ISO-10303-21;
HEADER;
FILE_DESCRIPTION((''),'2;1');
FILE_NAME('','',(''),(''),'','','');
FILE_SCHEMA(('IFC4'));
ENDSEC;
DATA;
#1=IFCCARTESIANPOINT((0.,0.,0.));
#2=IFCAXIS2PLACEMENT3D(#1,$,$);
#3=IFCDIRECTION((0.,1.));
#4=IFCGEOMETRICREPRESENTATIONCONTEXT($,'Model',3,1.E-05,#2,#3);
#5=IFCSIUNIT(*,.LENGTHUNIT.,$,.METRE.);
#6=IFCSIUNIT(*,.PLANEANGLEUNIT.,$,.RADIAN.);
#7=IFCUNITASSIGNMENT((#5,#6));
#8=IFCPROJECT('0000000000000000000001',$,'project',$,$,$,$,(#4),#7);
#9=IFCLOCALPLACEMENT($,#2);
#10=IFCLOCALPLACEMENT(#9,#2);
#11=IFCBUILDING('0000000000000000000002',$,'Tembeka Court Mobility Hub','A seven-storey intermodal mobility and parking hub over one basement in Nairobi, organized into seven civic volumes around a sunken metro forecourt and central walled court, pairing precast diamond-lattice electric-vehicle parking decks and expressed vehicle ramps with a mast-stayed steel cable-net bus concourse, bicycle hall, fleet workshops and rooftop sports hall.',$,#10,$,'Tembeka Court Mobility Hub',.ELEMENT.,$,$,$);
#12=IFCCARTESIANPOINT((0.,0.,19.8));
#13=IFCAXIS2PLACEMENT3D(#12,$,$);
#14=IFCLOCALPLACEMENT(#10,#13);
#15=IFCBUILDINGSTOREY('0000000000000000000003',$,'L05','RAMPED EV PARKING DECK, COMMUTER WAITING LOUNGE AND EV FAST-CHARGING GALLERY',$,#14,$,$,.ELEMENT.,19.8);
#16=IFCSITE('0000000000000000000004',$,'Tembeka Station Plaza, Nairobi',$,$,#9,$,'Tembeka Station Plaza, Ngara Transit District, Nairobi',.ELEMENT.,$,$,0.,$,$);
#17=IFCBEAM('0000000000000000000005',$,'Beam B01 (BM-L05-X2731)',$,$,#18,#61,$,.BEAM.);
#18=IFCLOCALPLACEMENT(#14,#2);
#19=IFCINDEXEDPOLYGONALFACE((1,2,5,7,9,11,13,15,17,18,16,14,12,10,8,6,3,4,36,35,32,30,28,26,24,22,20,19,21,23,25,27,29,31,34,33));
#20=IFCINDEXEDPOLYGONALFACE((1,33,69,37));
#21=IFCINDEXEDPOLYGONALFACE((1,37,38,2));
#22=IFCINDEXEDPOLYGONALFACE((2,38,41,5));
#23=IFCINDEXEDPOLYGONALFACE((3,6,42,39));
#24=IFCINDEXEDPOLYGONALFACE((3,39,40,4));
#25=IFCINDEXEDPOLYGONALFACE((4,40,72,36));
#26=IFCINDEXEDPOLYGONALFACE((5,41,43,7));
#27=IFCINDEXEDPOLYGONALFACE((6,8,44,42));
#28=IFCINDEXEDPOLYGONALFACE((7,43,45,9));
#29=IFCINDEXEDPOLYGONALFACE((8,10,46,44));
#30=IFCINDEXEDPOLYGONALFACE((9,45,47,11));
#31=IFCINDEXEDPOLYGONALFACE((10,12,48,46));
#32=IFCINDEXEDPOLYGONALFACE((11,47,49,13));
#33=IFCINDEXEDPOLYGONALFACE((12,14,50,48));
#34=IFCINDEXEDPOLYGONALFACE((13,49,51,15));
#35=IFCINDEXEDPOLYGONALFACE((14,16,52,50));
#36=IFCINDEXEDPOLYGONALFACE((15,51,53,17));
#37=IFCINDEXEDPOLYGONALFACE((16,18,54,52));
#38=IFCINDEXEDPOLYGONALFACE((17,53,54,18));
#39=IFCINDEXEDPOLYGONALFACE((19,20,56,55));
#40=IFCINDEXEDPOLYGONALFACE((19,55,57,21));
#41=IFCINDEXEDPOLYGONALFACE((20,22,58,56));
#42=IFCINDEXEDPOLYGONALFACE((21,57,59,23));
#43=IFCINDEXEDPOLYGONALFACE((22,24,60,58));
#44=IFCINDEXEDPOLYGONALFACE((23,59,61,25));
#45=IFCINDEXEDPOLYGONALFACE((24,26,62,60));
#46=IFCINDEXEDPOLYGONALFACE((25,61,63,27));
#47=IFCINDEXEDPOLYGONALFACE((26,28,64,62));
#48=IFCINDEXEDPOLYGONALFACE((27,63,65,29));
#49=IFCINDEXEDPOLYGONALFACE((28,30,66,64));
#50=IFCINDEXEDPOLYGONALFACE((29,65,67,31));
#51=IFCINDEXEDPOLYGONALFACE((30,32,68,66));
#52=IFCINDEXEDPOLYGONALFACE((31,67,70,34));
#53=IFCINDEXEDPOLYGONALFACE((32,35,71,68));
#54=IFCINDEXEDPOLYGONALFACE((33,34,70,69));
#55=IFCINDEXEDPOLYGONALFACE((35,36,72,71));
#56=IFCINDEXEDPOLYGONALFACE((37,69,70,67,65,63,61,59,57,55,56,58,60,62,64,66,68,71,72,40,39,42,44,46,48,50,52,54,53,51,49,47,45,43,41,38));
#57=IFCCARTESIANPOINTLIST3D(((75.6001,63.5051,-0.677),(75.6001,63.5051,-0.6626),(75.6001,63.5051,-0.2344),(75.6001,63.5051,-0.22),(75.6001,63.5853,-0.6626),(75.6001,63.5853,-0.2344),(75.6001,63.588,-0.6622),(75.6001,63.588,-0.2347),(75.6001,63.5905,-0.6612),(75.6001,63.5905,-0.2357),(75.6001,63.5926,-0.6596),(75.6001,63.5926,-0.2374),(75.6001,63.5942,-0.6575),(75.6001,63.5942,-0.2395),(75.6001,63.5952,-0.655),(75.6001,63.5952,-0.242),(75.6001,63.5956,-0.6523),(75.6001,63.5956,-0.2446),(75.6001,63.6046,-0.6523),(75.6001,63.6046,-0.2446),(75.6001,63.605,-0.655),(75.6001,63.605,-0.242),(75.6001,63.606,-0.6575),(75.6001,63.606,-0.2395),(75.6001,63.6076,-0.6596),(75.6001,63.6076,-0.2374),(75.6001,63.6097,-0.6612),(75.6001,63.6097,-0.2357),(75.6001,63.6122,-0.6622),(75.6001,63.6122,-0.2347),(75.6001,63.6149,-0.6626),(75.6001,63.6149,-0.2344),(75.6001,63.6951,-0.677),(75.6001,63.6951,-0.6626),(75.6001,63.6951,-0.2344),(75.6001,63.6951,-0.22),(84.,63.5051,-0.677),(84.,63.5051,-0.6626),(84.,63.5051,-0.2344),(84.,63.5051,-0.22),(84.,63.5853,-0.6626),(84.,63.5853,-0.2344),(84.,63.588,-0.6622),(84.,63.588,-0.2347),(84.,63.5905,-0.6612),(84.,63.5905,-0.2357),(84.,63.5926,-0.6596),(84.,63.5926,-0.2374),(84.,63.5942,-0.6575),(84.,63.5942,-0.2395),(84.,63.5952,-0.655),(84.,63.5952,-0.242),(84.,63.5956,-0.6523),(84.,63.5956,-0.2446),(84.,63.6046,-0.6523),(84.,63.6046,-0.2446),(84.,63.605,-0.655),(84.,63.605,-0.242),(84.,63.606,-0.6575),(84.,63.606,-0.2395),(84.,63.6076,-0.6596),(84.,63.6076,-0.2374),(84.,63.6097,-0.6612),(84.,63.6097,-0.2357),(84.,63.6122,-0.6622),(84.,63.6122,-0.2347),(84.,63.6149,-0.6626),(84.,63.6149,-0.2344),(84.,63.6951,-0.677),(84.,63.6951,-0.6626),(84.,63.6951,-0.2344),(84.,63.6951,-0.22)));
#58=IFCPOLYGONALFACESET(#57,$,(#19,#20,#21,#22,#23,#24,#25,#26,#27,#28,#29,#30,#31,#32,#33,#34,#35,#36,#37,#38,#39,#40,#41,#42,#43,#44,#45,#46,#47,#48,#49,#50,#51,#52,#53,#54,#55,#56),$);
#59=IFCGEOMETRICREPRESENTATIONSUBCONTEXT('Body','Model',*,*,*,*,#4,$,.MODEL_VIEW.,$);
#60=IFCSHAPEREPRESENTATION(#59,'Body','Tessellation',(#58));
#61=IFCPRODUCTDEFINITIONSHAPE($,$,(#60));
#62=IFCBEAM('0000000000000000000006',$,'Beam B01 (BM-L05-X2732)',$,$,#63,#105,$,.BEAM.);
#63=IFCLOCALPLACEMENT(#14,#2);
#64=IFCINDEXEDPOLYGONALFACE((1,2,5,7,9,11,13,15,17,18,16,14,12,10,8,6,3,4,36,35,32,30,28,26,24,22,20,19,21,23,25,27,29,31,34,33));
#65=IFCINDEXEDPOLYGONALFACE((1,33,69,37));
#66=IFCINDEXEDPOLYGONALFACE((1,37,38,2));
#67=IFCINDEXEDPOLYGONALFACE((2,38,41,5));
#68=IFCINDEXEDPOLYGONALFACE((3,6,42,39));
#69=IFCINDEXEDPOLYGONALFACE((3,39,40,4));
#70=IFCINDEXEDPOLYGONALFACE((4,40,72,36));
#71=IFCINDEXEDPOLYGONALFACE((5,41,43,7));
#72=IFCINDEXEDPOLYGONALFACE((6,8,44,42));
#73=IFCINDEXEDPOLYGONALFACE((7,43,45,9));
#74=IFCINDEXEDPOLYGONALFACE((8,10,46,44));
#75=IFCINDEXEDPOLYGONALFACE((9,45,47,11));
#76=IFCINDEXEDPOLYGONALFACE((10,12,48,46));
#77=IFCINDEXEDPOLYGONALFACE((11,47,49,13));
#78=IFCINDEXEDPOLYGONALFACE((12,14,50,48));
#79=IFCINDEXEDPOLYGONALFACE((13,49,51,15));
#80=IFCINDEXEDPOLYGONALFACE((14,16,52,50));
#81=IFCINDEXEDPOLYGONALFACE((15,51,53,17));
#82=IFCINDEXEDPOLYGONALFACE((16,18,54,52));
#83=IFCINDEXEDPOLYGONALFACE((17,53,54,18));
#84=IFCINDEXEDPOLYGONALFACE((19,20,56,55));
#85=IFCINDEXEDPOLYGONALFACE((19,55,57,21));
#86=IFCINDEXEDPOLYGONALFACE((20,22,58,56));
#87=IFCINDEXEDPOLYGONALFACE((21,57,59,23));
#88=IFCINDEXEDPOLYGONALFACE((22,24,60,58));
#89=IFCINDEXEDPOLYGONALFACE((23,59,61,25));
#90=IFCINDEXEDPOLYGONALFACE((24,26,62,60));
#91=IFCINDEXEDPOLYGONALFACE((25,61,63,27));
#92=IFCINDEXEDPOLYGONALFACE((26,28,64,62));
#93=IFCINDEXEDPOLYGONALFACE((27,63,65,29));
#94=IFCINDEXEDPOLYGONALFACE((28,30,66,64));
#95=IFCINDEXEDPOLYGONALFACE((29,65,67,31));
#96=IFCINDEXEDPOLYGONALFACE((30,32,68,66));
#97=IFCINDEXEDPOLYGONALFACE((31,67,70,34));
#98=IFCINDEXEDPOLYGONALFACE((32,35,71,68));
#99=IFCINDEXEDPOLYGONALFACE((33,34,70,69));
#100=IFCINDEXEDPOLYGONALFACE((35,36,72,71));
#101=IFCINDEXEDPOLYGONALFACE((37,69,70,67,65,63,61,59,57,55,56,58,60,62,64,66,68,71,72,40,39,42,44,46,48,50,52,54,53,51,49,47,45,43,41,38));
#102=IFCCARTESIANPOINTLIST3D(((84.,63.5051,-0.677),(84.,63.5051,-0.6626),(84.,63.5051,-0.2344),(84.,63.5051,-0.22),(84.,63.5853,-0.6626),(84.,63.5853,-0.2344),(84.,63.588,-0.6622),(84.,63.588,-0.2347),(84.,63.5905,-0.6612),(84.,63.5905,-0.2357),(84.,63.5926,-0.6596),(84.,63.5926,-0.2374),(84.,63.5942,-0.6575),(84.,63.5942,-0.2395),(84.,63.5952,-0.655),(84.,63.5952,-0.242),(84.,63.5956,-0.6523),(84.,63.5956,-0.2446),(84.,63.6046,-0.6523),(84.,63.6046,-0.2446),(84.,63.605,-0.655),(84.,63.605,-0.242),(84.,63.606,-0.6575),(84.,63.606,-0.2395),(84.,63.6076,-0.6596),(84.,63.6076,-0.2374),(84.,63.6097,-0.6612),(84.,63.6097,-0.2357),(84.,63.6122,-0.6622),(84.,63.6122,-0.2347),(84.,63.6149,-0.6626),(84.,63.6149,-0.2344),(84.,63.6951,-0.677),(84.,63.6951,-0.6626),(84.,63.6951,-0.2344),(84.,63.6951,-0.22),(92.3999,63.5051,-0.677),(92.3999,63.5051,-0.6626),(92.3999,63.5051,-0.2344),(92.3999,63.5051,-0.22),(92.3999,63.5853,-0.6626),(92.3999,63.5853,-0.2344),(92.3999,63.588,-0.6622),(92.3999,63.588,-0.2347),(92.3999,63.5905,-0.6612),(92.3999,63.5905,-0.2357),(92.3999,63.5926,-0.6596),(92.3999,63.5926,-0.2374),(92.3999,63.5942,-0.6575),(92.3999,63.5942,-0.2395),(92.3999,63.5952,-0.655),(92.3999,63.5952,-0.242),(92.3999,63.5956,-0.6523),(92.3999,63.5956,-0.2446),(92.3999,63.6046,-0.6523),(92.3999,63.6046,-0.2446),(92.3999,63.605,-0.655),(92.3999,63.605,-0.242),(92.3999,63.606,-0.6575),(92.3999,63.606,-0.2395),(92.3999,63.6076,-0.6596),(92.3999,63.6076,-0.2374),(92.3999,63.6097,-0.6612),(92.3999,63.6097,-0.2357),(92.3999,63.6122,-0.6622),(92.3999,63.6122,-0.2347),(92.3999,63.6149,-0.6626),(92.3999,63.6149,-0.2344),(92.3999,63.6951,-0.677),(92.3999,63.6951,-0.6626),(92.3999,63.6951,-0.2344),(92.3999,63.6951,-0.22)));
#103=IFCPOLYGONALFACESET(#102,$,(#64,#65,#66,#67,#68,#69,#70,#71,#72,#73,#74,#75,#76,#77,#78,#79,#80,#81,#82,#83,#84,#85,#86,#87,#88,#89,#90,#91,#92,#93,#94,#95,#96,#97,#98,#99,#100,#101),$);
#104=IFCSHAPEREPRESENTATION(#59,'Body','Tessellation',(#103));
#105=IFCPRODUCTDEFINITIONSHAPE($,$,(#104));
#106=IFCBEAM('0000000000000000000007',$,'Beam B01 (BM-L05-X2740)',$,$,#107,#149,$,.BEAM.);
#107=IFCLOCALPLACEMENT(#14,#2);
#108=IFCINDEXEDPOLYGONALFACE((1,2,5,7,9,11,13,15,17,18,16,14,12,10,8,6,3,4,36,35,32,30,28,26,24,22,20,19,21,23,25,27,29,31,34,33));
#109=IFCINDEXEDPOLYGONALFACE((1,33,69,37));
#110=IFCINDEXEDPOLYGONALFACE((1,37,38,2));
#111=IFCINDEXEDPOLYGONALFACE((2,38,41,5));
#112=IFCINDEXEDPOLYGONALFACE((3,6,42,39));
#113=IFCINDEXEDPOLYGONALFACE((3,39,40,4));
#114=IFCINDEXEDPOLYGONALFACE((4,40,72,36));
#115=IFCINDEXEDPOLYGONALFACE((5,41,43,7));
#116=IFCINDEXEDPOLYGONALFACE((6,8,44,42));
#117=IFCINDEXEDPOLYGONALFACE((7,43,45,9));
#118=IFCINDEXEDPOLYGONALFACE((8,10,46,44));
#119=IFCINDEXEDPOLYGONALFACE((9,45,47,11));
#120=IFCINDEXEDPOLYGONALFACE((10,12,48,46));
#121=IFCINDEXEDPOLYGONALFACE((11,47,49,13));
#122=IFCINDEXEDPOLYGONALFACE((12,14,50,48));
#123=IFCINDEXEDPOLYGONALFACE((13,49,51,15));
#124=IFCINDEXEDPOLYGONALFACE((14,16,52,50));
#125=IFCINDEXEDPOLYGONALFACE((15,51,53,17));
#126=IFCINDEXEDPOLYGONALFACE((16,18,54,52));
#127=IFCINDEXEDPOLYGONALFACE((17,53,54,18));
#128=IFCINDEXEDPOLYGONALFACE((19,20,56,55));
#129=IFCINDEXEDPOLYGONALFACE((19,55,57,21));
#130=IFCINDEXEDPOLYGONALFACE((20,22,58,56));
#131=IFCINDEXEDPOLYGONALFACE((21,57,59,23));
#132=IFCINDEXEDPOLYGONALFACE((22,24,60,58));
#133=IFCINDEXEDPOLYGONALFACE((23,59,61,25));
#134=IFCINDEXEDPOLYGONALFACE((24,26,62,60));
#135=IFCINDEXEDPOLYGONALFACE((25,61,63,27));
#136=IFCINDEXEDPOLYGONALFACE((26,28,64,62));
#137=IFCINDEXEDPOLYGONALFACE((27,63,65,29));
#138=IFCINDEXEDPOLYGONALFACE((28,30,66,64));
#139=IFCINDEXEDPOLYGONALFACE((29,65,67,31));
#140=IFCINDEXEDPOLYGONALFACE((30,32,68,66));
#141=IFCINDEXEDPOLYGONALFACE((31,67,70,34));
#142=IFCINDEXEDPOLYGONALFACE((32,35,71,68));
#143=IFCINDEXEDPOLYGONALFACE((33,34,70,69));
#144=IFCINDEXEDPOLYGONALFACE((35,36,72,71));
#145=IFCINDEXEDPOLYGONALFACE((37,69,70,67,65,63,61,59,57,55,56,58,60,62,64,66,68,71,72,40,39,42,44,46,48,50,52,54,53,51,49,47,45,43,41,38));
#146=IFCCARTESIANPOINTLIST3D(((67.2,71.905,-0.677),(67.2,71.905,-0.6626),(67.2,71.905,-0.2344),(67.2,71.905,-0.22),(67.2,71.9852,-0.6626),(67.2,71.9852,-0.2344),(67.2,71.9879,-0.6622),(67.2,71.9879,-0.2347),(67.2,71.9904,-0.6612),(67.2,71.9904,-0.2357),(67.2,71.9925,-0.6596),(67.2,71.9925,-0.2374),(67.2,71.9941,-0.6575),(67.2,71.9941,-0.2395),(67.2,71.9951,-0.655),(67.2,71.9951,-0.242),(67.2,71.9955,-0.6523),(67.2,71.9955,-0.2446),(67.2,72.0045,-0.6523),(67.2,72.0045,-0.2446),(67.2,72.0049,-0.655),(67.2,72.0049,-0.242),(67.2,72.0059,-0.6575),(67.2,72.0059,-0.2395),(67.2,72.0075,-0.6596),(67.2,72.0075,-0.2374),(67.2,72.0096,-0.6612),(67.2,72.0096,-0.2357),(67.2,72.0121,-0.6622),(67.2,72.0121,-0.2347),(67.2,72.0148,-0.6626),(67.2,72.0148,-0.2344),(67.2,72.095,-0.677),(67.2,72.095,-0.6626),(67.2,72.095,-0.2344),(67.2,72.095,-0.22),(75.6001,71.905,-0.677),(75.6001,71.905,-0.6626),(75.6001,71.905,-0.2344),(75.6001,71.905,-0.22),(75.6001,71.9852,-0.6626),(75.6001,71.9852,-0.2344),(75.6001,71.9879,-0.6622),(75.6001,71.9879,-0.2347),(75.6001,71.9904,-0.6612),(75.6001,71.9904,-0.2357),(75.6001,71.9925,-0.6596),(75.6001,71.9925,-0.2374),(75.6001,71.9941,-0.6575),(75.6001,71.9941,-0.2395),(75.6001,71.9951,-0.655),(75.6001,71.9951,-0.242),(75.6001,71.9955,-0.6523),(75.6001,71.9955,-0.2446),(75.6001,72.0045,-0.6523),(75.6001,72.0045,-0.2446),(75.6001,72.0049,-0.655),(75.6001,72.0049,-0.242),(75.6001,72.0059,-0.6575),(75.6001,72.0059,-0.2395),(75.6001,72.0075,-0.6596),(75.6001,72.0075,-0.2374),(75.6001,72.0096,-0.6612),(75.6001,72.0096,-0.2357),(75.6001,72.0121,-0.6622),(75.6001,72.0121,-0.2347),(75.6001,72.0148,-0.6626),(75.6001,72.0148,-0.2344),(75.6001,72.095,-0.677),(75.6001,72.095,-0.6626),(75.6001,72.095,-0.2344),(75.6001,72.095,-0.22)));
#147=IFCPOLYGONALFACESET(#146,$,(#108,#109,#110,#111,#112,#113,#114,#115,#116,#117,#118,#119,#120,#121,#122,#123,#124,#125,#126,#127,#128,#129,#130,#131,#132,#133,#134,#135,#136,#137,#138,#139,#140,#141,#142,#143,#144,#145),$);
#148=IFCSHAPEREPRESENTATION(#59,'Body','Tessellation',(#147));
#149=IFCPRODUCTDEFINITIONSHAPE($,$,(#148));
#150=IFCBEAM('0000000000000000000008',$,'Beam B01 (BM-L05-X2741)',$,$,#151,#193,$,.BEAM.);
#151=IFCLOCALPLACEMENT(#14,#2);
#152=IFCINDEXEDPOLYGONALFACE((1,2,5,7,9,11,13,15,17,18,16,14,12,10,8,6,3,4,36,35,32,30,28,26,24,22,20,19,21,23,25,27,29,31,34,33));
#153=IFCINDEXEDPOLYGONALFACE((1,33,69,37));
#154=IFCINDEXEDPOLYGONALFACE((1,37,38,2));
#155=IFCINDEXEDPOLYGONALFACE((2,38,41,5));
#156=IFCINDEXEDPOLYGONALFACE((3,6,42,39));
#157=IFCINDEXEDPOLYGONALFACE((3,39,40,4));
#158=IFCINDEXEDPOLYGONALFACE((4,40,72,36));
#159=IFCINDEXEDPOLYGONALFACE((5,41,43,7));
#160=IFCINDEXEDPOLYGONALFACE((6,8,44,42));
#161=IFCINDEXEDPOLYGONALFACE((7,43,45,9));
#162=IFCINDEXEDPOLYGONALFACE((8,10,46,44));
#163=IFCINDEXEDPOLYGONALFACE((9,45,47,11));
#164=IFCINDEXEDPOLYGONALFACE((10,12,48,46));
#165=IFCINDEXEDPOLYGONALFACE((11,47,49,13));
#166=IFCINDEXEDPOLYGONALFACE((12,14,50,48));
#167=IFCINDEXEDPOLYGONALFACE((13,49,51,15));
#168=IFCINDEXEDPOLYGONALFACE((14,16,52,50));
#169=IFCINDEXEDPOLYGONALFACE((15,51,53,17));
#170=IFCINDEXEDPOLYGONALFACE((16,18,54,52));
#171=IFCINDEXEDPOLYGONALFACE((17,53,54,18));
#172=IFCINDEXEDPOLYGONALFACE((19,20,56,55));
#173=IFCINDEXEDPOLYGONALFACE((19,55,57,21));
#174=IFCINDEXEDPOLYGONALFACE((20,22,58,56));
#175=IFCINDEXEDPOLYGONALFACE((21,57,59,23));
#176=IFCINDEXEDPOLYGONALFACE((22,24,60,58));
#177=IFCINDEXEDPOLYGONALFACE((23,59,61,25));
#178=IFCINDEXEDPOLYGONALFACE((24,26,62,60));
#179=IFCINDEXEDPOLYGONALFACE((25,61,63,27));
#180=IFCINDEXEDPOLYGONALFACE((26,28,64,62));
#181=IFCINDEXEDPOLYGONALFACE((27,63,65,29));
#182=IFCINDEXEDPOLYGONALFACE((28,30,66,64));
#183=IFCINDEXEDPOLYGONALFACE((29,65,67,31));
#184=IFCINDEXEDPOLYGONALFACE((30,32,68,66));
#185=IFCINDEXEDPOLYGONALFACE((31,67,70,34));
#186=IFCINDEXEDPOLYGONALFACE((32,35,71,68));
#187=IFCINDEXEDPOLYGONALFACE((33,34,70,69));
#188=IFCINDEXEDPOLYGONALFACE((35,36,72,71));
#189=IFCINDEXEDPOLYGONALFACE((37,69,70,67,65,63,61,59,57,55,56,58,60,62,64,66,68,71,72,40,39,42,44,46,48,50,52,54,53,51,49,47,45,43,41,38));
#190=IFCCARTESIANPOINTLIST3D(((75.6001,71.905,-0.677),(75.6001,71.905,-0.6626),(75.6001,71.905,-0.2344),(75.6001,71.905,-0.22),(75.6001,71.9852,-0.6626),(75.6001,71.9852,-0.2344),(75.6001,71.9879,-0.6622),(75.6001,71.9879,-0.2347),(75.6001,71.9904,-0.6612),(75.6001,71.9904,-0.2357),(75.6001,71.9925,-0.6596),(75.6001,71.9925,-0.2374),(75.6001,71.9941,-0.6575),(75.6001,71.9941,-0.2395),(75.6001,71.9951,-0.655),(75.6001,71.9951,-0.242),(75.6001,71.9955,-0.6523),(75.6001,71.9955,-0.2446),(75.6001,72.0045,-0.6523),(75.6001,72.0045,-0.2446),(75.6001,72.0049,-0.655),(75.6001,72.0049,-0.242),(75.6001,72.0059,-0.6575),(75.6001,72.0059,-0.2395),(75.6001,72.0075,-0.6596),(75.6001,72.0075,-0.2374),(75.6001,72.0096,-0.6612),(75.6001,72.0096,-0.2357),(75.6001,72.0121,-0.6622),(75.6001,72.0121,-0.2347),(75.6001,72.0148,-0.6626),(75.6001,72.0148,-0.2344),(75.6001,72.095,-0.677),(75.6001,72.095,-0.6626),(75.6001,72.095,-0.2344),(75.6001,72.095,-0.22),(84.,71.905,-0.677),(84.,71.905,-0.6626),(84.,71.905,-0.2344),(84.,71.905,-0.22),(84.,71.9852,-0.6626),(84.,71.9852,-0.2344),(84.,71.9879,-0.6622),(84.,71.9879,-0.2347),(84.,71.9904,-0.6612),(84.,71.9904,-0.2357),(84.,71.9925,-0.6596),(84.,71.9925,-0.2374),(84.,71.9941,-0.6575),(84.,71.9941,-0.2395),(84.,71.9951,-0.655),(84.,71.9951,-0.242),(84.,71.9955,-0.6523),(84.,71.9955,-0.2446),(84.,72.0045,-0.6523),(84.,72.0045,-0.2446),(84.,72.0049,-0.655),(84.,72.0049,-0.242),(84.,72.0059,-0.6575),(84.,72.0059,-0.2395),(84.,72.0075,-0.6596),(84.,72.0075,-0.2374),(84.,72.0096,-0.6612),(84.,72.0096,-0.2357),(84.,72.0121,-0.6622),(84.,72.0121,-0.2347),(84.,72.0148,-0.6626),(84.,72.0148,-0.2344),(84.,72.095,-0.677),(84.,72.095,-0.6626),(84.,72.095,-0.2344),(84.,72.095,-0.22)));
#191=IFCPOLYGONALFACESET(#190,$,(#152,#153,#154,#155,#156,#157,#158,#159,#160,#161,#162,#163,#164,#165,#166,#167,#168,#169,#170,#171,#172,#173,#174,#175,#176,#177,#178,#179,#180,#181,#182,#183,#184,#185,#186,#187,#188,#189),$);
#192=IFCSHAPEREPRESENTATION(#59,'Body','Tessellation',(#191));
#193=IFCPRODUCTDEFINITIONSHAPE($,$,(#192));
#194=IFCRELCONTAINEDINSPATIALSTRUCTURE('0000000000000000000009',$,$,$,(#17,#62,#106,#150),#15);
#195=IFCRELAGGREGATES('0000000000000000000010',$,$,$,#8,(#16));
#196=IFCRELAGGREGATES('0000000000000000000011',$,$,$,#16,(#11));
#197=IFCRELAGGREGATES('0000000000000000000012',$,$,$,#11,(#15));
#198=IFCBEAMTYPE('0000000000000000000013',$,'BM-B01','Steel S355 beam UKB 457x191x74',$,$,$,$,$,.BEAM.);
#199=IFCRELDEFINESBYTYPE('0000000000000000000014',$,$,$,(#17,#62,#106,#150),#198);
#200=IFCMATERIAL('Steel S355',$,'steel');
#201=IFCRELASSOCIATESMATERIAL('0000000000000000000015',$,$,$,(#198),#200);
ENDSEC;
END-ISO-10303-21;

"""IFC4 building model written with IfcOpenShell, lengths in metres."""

from ifc_helpers import new_model, si_unit, direction, frame, origin, origin_2d, place, context, subcontext, project, spatial, i_section, extrude, material, material_profile, profile_set, type_object, element, save


model = new_model("IFC4")

# Units and contexts
model_context = context("Model", 3, precision=1e-05, world=origin(), true_north=direction((0.0, 1.0)))
body_context = subcontext(model_context, "Body", "Model", "MODEL_VIEW")
ifc_project = project(units=[si_unit("LENGTHUNIT", "METRE"), si_unit("PLANEANGLEUNIT", "RADIAN")], contexts=[model_context])

# Site, building, storey
site_placement = place(None, origin())
site = spatial("IfcSite", under=ifc_project, at=site_placement, Name="Tembeka Station Plaza, Nairobi", LongName="Tembeka Station Plaza, Ngara Transit District, Nairobi", CompositionType="ELEMENT", RefElevation=0.0)
building_placement = place(site_placement, origin())
building = spatial("IfcBuilding", under=site, at=building_placement, Name="Tembeka Court Mobility Hub", Description="A seven-storey intermodal mobility and parking hub over one basement in Nairobi, organized into seven civic volumes around a sunken metro forecourt and central walled court, pairing precast diamond-lattice electric-vehicle parking decks and expressed vehicle ramps with a mast-stayed steel cable-net bus concourse, bicycle hall, fleet workshops and rooftop sports hall.", LongName="Tembeka Court Mobility Hub", CompositionType="ELEMENT")
storey_placement = place(building_placement, frame((0.0, 0.0, 19.8)))
storey = spatial("IfcBuildingStorey", under=building, at=storey_placement, Name="L05", Description="RAMPED EV PARKING DECK, COMMUTER WAITING LOUNGE AND EV FAST-CHARGING GALLERY", CompositionType="ELEMENT", Elevation=19.8)

# Shared definitions
ifc_material_1 = material(Name="Steel S355", Category="steel")

# Beams
ifc_material_profile_1 = material_profile(ifc_material_1, i_section(OverallWidth=0.1899, OverallDepth=0.457, WebThickness=0.009, FlangeThickness=0.0144, FilletRadius=0.0103, at=origin_2d()), Name="UKB 457x191x74")
ifc_profile_set_1 = profile_set([ifc_material_profile_1], Name="Steel S355")
beam_type_1 = type_object("IfcBeamType", Name="BM-B01", Description="Steel S355 beam UKB 457x191x74", PredefinedType="BEAM", material=ifc_profile_set_1)
for number, where, z_axis, x_axis, name in (
    (1, (75.6001, 63.6001, -0.4485), (1.0, 0.0, 0.0), (0.0, 1.0, 0.0), "Beam B01 (BM-L05-X2731)"),
    (2, (84.0, 63.6001, -0.4485), (1.0, 0.0, 0.0), (0.0, 1.0, 0.0), "Beam B01 (BM-L05-X2732)"),
):
    element("IfcBeam", number, at=place(storey_placement, frame(where, z_axis=z_axis, x_axis=x_axis)), inside=storey, type_object=beam_type_1, Name=name, PredefinedType="BEAM", context=body_context, shape_type="SweptSolid", body=[
        extrude(i_section(OverallWidth=0.1899, OverallDepth=0.457, WebThickness=0.009, FlangeThickness=0.0144, FilletRadius=0.0103, at=origin_2d()), origin(), (0.0, 0.0, 1.0), 8.3999),
    ])
beam_1_placement = place(storey_placement, frame((67.2, 72.0, -0.4485), z_axis=(1.0, 0.0, 0.0), x_axis=(0.0, 1.0, 0.0)))
element("IfcBeam", 3, at=beam_1_placement, inside=storey, type_object=beam_type_1, Name="Beam B01 (BM-L05-X2740)", PredefinedType="BEAM", context=body_context, shape_type="SweptSolid", body=[
    extrude(i_section(OverallWidth=0.1899, OverallDepth=0.457, WebThickness=0.009, FlangeThickness=0.0144, FilletRadius=0.0103, at=origin_2d()), origin(), (0.0, 0.0, 1.0), 8.4001),
])
beam_2_placement = place(storey_placement, frame((75.6001, 72.0, -0.4485), z_axis=(1.0, 0.0, 0.0), x_axis=(0.0, 1.0, 0.0)))
element("IfcBeam", 4, at=beam_2_placement, inside=storey, type_object=beam_type_1, Name="Beam B01 (BM-L05-X2741)", PredefinedType="BEAM", context=body_context, shape_type="SweptSolid", body=[
    extrude(i_section(OverallWidth=0.1899, OverallDepth=0.457, WebThickness=0.009, FlangeThickness=0.0144, FilletRadius=0.0103, at=origin_2d()), origin(), (0.0, 0.0, 1.0), 8.3999),
])

save(model, "model.ifc")
